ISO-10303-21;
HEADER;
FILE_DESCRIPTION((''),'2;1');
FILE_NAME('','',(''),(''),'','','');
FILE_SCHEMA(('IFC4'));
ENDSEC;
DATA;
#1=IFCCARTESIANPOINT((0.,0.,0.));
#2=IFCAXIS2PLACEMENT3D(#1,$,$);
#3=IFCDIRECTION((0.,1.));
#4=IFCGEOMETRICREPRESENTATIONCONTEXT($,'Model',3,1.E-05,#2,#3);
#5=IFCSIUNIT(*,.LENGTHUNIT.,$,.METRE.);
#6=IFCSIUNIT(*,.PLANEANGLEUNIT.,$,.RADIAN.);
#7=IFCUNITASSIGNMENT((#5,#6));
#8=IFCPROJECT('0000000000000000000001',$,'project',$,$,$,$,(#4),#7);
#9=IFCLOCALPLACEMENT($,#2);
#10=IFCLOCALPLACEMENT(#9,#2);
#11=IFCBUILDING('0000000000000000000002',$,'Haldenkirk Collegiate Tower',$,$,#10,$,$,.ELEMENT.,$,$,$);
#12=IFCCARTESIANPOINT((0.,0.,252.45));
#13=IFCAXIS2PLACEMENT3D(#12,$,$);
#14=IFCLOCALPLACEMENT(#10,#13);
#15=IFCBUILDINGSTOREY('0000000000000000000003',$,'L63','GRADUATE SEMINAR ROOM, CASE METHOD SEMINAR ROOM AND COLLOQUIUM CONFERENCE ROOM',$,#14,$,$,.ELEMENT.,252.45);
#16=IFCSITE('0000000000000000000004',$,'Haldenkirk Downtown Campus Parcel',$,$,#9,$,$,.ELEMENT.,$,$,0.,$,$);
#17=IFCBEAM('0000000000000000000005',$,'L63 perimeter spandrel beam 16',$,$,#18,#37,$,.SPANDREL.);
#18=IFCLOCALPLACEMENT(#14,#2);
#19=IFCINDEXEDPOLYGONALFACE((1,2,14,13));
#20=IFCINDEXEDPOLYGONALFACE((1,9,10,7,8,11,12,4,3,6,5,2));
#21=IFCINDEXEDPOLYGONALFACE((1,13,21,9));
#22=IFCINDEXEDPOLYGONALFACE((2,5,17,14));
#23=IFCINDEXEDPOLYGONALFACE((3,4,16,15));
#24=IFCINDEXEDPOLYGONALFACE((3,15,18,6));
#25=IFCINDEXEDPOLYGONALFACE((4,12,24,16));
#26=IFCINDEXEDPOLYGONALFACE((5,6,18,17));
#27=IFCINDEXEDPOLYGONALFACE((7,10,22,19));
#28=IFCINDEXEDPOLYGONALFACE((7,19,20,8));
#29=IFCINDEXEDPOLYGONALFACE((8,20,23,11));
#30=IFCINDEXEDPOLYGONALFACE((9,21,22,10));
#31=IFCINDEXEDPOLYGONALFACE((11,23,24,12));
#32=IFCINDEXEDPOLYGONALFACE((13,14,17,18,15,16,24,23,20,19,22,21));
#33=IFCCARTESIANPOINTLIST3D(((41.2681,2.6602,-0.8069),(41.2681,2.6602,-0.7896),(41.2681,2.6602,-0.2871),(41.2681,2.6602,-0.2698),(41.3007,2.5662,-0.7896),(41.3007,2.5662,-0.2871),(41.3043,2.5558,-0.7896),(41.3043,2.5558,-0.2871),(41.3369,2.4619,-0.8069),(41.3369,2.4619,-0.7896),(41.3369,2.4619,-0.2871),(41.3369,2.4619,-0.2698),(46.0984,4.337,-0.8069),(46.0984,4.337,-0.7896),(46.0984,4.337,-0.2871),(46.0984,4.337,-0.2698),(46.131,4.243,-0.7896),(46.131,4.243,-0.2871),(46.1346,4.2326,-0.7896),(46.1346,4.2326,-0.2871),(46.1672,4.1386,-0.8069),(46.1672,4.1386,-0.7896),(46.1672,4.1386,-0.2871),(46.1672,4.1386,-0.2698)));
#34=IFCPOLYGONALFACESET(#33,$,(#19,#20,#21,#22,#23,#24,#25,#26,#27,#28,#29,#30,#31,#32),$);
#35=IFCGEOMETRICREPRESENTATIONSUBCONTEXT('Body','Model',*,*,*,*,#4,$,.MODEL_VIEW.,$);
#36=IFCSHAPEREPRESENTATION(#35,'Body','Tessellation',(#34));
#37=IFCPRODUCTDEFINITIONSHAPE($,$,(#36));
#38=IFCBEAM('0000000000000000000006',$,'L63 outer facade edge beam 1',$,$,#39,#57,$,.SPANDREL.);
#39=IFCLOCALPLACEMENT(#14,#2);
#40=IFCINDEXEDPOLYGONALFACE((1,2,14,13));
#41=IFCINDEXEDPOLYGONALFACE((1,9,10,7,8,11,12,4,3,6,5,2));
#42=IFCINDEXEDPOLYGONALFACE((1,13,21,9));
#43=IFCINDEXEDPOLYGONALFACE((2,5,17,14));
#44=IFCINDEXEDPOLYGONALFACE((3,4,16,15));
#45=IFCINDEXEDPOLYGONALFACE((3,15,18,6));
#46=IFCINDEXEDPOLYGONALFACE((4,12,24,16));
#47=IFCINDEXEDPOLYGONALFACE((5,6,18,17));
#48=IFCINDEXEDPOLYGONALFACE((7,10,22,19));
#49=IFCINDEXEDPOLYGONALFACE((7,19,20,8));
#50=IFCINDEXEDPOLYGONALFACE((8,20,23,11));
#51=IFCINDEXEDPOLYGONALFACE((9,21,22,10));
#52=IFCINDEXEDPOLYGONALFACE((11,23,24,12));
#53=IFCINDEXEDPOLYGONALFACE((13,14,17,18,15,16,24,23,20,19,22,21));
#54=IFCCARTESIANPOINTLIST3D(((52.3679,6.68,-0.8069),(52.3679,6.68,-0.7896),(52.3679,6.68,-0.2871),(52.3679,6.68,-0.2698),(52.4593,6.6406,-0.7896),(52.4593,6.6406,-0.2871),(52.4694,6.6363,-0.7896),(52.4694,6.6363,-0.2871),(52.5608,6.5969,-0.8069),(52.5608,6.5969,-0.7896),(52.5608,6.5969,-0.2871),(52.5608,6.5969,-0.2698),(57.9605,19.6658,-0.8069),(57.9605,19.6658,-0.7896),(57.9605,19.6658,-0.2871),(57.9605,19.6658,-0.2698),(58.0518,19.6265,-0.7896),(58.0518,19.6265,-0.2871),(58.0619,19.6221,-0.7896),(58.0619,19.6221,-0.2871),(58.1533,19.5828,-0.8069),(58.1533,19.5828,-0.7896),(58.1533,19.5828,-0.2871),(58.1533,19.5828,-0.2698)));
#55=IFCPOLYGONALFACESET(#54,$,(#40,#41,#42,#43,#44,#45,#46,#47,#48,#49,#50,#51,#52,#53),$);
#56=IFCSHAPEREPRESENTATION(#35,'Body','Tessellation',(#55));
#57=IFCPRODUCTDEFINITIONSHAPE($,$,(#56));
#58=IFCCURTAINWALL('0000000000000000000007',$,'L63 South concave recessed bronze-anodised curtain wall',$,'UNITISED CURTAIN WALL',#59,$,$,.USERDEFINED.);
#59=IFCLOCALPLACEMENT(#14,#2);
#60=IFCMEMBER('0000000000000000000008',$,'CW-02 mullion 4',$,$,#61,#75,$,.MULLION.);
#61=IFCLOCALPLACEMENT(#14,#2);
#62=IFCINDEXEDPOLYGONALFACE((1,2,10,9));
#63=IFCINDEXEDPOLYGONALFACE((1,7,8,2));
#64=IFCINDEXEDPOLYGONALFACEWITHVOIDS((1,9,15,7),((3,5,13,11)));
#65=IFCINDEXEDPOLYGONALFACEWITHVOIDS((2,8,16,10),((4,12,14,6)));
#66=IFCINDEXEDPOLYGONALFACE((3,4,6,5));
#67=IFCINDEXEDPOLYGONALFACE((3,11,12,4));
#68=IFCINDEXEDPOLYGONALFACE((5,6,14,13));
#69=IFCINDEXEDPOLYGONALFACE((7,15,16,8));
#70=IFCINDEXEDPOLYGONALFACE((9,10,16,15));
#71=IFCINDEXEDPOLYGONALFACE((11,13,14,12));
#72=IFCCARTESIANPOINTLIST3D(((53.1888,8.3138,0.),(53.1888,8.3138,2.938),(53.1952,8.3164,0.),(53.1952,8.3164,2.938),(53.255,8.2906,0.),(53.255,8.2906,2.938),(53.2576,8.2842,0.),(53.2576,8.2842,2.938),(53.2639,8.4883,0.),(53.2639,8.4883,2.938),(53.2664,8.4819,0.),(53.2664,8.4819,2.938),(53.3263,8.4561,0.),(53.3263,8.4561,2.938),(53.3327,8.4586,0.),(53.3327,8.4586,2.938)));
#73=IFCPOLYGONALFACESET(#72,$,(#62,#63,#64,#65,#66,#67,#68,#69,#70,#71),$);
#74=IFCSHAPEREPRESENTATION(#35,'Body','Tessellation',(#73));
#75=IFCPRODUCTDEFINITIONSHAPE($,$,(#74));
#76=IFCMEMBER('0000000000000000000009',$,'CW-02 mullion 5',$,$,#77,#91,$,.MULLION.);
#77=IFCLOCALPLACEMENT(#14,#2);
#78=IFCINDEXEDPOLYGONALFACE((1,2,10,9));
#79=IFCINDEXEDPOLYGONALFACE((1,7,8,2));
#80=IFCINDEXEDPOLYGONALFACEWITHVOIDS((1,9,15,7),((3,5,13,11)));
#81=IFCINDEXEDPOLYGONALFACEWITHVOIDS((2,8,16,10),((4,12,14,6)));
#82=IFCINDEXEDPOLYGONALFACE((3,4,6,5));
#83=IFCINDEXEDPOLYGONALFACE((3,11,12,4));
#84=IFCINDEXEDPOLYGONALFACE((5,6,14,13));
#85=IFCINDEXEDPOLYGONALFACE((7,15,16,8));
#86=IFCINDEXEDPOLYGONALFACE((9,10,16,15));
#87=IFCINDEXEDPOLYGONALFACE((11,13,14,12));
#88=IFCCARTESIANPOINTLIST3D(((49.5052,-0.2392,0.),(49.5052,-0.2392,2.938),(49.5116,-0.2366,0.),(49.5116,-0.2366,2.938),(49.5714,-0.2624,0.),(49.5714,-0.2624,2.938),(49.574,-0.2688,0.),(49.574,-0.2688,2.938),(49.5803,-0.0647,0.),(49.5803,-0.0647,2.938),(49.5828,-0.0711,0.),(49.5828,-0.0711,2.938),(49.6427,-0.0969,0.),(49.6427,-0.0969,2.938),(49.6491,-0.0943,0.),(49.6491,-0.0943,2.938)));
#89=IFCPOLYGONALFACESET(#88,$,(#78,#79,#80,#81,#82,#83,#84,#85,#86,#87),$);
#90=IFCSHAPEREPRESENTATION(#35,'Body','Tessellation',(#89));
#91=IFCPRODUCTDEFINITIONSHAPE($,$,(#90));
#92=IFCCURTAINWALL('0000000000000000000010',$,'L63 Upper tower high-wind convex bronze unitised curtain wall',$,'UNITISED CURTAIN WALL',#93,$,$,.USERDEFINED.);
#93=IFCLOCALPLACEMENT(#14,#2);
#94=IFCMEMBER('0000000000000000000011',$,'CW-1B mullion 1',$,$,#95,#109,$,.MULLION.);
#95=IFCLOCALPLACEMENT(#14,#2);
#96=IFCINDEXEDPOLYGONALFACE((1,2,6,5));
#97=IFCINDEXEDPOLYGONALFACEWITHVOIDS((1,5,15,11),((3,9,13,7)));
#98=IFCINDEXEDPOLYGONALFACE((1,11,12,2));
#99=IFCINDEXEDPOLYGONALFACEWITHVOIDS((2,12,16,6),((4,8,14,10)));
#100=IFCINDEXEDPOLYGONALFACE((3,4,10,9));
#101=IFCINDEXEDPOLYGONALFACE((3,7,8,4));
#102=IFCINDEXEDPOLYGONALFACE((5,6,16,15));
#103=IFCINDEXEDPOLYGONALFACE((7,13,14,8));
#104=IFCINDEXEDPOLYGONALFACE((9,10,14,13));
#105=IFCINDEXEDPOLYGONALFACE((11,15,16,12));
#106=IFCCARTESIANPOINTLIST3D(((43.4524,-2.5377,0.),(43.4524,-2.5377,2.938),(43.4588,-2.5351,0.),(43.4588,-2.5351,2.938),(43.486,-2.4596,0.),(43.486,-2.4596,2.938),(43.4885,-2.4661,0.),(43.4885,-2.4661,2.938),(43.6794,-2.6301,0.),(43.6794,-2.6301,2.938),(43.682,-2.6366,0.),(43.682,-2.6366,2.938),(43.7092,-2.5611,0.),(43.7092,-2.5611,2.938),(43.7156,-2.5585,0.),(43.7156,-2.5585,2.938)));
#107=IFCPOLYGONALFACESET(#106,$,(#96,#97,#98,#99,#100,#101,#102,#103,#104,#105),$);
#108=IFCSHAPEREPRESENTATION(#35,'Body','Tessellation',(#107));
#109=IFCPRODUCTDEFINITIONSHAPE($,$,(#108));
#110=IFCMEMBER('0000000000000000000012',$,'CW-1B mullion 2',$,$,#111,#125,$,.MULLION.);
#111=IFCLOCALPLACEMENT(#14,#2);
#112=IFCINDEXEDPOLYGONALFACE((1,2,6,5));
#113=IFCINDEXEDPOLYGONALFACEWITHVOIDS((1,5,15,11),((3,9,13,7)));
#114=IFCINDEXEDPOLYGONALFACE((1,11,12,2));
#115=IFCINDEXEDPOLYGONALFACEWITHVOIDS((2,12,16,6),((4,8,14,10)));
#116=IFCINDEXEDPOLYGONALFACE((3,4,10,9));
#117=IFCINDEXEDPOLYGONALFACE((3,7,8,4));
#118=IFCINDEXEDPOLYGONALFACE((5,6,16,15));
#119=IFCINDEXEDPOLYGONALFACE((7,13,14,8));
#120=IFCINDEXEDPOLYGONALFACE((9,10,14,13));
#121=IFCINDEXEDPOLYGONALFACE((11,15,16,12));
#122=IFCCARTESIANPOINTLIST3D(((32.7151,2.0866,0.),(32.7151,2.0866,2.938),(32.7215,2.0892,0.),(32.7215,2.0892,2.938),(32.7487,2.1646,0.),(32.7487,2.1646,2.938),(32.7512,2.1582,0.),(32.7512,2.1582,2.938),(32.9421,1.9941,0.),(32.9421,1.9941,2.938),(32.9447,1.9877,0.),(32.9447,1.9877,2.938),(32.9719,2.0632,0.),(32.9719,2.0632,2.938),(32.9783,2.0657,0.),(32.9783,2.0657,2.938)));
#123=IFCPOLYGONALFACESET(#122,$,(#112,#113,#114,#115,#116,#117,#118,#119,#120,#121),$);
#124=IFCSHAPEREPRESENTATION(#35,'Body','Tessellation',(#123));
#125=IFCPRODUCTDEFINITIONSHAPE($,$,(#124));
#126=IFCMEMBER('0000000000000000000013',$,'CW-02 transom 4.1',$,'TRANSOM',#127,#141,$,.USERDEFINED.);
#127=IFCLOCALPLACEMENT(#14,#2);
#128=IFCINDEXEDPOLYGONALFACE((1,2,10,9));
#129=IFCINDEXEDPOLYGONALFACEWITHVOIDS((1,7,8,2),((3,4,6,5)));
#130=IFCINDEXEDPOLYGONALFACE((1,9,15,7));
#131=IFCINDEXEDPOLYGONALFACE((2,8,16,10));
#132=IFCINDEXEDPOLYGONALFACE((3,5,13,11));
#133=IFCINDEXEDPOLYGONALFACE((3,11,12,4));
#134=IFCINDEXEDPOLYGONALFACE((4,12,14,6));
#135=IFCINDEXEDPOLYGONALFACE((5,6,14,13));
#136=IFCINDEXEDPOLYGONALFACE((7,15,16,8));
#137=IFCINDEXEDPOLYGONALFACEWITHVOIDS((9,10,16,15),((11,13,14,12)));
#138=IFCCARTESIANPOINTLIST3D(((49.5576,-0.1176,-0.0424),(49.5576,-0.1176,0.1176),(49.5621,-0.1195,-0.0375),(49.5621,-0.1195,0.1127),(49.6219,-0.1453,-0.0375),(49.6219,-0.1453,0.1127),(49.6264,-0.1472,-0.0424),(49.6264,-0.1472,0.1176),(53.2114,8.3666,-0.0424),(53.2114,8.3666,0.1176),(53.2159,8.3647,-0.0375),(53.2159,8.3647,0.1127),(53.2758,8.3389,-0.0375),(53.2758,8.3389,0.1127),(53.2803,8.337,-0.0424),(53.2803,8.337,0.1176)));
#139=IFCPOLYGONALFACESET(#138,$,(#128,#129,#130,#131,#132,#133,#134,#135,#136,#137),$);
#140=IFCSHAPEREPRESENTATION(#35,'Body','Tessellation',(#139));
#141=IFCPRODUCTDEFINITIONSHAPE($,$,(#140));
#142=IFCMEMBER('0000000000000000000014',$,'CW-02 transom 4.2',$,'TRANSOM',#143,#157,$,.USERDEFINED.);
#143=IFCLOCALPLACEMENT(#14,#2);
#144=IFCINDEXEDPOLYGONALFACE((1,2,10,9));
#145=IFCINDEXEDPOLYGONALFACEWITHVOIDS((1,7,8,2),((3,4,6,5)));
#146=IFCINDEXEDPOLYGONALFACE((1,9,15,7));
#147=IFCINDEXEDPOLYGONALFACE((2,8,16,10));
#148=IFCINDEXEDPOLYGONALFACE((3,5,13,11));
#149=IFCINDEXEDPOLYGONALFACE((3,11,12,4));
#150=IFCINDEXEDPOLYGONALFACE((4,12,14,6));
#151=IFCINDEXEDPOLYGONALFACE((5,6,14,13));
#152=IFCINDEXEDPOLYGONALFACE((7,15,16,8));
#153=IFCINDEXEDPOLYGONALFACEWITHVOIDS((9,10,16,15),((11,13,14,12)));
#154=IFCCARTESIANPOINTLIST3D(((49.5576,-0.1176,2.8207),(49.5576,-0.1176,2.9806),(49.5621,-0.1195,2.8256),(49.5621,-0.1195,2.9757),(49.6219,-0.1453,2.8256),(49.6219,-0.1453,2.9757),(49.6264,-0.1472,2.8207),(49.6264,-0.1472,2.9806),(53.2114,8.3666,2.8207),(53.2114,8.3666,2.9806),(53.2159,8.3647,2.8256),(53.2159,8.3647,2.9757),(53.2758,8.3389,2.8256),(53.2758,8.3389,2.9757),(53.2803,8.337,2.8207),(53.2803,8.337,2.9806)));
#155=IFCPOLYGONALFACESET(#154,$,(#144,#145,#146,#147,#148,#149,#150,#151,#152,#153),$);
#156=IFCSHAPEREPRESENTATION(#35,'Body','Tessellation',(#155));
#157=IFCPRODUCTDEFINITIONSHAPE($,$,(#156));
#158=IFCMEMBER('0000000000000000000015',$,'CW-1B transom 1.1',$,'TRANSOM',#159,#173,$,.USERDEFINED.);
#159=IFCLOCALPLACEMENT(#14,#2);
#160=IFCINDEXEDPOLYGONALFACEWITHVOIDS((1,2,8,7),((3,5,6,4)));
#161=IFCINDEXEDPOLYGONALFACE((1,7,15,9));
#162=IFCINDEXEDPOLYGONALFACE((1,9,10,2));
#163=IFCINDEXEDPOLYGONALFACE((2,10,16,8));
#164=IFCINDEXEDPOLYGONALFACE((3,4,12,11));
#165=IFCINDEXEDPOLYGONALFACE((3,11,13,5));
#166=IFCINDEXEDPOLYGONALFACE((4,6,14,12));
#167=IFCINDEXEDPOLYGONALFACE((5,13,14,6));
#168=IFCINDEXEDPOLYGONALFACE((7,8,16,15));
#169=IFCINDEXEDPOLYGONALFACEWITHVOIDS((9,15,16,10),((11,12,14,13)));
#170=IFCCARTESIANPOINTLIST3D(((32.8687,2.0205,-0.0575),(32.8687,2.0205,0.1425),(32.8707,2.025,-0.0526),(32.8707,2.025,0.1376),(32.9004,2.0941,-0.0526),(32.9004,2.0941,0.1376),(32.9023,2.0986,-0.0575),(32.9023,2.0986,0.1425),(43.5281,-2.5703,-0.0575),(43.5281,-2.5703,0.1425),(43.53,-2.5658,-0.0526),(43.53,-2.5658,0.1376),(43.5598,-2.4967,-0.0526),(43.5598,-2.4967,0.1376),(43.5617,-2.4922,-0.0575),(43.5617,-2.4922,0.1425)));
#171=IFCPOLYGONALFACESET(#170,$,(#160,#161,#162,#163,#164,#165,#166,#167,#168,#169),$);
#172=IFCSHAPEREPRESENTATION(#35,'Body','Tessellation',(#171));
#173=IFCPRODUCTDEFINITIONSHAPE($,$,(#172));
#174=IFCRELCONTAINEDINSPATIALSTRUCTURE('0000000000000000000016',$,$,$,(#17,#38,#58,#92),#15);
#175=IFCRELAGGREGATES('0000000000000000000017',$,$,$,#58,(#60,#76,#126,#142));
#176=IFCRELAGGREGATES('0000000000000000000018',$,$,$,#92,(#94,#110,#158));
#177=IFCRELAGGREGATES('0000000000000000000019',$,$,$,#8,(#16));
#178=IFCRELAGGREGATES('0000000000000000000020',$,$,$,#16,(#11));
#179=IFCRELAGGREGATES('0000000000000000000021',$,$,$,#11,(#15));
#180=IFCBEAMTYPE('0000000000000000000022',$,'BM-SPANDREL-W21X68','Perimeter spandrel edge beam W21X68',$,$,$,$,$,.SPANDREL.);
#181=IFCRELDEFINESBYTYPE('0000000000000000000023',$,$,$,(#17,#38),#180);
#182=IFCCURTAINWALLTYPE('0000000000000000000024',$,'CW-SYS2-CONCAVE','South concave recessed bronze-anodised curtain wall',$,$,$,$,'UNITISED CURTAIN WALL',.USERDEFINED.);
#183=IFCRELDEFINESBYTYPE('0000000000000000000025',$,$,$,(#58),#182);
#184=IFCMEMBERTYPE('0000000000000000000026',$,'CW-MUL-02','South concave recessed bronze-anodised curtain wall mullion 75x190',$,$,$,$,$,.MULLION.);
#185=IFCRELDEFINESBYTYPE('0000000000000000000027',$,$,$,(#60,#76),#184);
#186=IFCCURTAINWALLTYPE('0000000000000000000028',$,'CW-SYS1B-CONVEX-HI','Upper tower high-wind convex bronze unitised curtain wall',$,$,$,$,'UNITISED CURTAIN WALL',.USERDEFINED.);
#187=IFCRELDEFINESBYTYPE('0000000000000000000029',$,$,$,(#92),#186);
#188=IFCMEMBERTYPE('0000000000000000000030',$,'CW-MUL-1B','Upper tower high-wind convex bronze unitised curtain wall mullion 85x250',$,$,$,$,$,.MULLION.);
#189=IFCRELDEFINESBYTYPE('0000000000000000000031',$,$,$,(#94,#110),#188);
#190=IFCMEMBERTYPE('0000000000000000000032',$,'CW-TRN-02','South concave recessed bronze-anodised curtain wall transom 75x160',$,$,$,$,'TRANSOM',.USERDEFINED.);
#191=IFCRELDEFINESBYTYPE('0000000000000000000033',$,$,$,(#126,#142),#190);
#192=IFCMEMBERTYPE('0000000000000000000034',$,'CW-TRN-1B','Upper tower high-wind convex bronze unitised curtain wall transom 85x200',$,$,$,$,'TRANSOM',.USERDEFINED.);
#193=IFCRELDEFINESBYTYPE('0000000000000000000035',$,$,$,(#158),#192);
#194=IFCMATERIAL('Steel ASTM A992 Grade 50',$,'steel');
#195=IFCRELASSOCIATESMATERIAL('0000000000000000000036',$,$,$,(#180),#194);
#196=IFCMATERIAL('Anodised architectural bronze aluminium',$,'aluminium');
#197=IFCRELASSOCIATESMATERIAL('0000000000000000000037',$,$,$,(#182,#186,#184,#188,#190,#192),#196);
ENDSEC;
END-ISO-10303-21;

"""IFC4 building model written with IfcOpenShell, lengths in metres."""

from ifc_helpers import new_model, si_unit, direction, frame, origin, origin_2d, place, context, subcontext, project, spatial, hollow_rectangle, i_section, extrude, material, material_profile, profile_set, type_object, element, aggregate, save


model = new_model("IFC4")

# Units and contexts
model_context = context("Model", 3, precision=1e-05, world=origin(), true_north=direction((0.0, 1.0)))
body_context = subcontext(model_context, "Body", "Model", "MODEL_VIEW")
ifc_project = project(units=[si_unit("LENGTHUNIT", "METRE"), si_unit("PLANEANGLEUNIT", "RADIAN")], contexts=[model_context])

# Site, building, storey
site_placement = place(None, origin())
site = spatial("IfcSite", under=ifc_project, at=site_placement, Name="Haldenkirk Downtown Campus Parcel", CompositionType="ELEMENT", RefElevation=0.0)
building_placement = place(site_placement, origin())
building = spatial("IfcBuilding", under=site, at=building_placement, Name="Haldenkirk Collegiate Tower", CompositionType="ELEMENT")
storey_placement = place(building_placement, frame((0.0, 0.0, 252.45)))
storey = spatial("IfcBuildingStorey", under=building, at=storey_placement, Name="L63", Description="GRADUATE SEMINAR ROOM, CASE METHOD SEMINAR ROOM AND COLLOQUIUM CONFERENCE ROOM", CompositionType="ELEMENT", Elevation=252.45)

# Beams
ifc_material_1 = material(Name="Steel ASTM A992 Grade 50", Category="steel")
ifc_material_profile_1 = material_profile(ifc_material_1, i_section(OverallWidth=0.21, OverallDepth=0.5371, WebThickness=0.011, FlangeThickness=0.0173, at=origin_2d()), Name="W21X68")
ifc_profile_set_1 = profile_set([ifc_material_profile_1], Name="Steel ASTM A992 Grade 50")
beam_type_1 = type_object("IfcBeamType", Name="BM-SPANDREL-W21X68", Description="Perimeter spandrel edge beam W21X68", PredefinedType="SPANDREL", material=ifc_profile_set_1)
beam_1_placement = place(storey_placement, frame((41.3025, 2.561, -0.5383), z_axis=(0.9447, 0.327935, 0.0), x_axis=(-0.327935, 0.9447, 0.0)))
element("IfcBeam", 1, at=beam_1_placement, inside=storey, type_object=beam_type_1, Name="L63 perimeter spandrel beam 16", PredefinedType="SPANDREL", context=body_context, shape_type="SweptSolid", body=[
    extrude(i_section(OverallWidth=0.21, OverallDepth=0.5371, WebThickness=0.011, FlangeThickness=0.0173, at=origin_2d()), origin(), (0.0, 0.0, 1.0), 5.113),
])
beam_2_placement = place(storey_placement, frame((52.4644, 6.6384, -0.5383), z_axis=(0.395542, 0.918448, 0.0), x_axis=(-0.918448, 0.395542, 0.0)))
element("IfcBeam", 2, at=beam_2_placement, inside=storey, type_object=beam_type_1, Name="L63 outer facade edge beam 1", PredefinedType="SPANDREL", context=body_context, shape_type="SweptSolid", body=[
    extrude(i_section(OverallWidth=0.21, OverallDepth=0.5371, WebThickness=0.011, FlangeThickness=0.0173, at=origin_2d()), origin(), (0.0, 0.0, 1.0), 14.1389),
])

# Curtain walls, members
ifc_material_2 = material(Name="Anodised architectural bronze aluminium", Category="aluminium")
curtain_wall_type_1 = type_object("IfcCurtainWallType", Name="CW-SYS2-CONCAVE", Description="South concave recessed bronze-anodised curtain wall", ElementType="UNITISED CURTAIN WALL", PredefinedType="USERDEFINED", material=ifc_material_2)
curtain_wall_1_placement = place(storey_placement, origin())
curtain_wall_1 = element("IfcCurtainWall", 3, at=curtain_wall_1_placement, inside=storey, type_object=curtain_wall_type_1, Name="L63 South concave recessed bronze-anodised curtain wall", ObjectType="UNITISED CURTAIN WALL", PredefinedType="USERDEFINED")
ifc_material_profile_2 = material_profile(ifc_material_2, hollow_rectangle(XDim=0.075, YDim=0.1899, WallThickness=0.0049, at=origin_2d()), Name="CW-MUL-02")
ifc_profile_set_2 = profile_set([ifc_material_profile_2], Name="Anodised architectural bronze aluminium")
member_type_1 = type_object("IfcMemberType", Name="CW-MUL-02", Description="South concave recessed bronze-anodised curtain wall mullion 75x190", PredefinedType="MULLION", material=ifc_profile_set_2)
member_1_placement = place(storey_placement, frame((53.2607, 8.3862, 0.0), z_axis=(0.0, 0.0, 1.0), x_axis=(0.918446, -0.395545, 0.0)))
member_1 = element("IfcMember", 4, at=member_1_placement, type_object=member_type_1, Name="CW-02 mullion 4", PredefinedType="MULLION", context=body_context, shape_type="SweptSolid", body=[
    extrude(hollow_rectangle(XDim=0.075, YDim=0.1899, WallThickness=0.0049, at=origin_2d()), origin(), (0.0, 0.0, 1.0), 2.938),
])
member_2_placement = place(storey_placement, frame((49.5771, -0.1667, 0.0), z_axis=(0.0, 0.0, 1.0), x_axis=(0.918446, -0.395545, 0.0)))
member_2 = element("IfcMember", 5, at=member_2_placement, type_object=member_type_1, Name="CW-02 mullion 5", PredefinedType="MULLION", context=body_context, shape_type="SweptSolid", body=[
    extrude(hollow_rectangle(XDim=0.075, YDim=0.1899, WallThickness=0.0049, at=origin_2d()), origin(), (0.0, 0.0, 1.0), 2.938),
])
curtain_wall_type_2 = type_object("IfcCurtainWallType", Name="CW-SYS1B-CONVEX-HI", Description="Upper tower high-wind convex bronze unitised curtain wall", ElementType="UNITISED CURTAIN WALL", PredefinedType="USERDEFINED", material=ifc_material_2)
curtain_wall_2_placement = place(storey_placement, origin())
curtain_wall_2 = element("IfcCurtainWall", 6, at=curtain_wall_2_placement, inside=storey, type_object=curtain_wall_type_2, Name="L63 Upper tower high-wind convex bronze unitised curtain wall", ObjectType="UNITISED CURTAIN WALL", PredefinedType="USERDEFINED")
ifc_material_profile_3 = material_profile(ifc_material_2, hollow_rectangle(XDim=0.085, YDim=0.25, WallThickness=0.0049, at=origin_2d()), Name="CW-MUL-1B")
ifc_profile_set_3 = profile_set([ifc_material_profile_3], Name="Anodised architectural bronze aluminium")
member_type_2 = type_object("IfcMemberType", Name="CW-MUL-1B", Description="Upper tower high-wind convex bronze unitised curtain wall mullion 85x250", PredefinedType="MULLION", material=ifc_profile_set_3)
member_3_placement = place(storey_placement, frame((43.584, -2.5481, 0.0), z_axis=(0.0, 0.0, 1.0), x_axis=(-0.395546, -0.918446, 0.0)))
member_3 = element("IfcMember", 7, at=member_3_placement, type_object=member_type_2, Name="CW-1B mullion 1", PredefinedType="MULLION", context=body_context, shape_type="SweptSolid", body=[
    extrude(hollow_rectangle(XDim=0.085, YDim=0.25, WallThickness=0.0049, at=origin_2d()), origin(), (0.0, 0.0, 1.0), 2.938),
])
member_4_placement = place(storey_placement, frame((32.8467, 2.0762, 0.0), z_axis=(0.0, 0.0, 1.0), x_axis=(-0.395546, -0.918446, 0.0)))
member_4 = element("IfcMember", 8, at=member_4_placement, type_object=member_type_2, Name="CW-1B mullion 2", PredefinedType="MULLION", context=body_context, shape_type="SweptSolid", body=[
    extrude(hollow_rectangle(XDim=0.085, YDim=0.25, WallThickness=0.0049, at=origin_2d()), origin(), (0.0, 0.0, 1.0), 2.938),
])

# Members
ifc_material_profile_4 = material_profile(ifc_material_2, hollow_rectangle(XDim=0.075, YDim=0.1599, WallThickness=0.0049, at=origin_2d()), Name="CW-TRN-02")
ifc_profile_set_4 = profile_set([ifc_material_profile_4], Name="Anodised architectural bronze aluminium")
member_type_3 = type_object("IfcMemberType", Name="CW-TRN-02", Description="South concave recessed bronze-anodised curtain wall transom 75x160", ElementType="TRANSOM", PredefinedType="USERDEFINED", material=ifc_profile_set_4)
member_5_placement = place(storey_placement, frame((53.2458, 8.3518, 0.0376), z_axis=(-0.395542, -0.918448, 0.0), x_axis=(0.918448, -0.395542, 0.0)))
member_5 = element("IfcMember", 9, at=member_5_placement, type_object=member_type_3, Name="CW-02 transom 4.1", ObjectType="TRANSOM", PredefinedType="USERDEFINED", context=body_context, shape_type="SweptSolid", body=[
    extrude(hollow_rectangle(XDim=0.075, YDim=0.1599, WallThickness=0.0049, at=origin_2d()), origin(), (0.0, 0.0, 1.0), 9.2375),
])
member_6_placement = place(storey_placement, frame((53.2458, 8.3518, 2.9006), z_axis=(-0.395542, -0.918448, 0.0), x_axis=(0.918448, -0.395542, 0.0)))
member_6 = element("IfcMember", 10, at=member_6_placement, type_object=member_type_3, Name="CW-02 transom 4.2", ObjectType="TRANSOM", PredefinedType="USERDEFINED", context=body_context, shape_type="SweptSolid", body=[
    extrude(hollow_rectangle(XDim=0.075, YDim=0.1599, WallThickness=0.0049, at=origin_2d()), origin(), (0.0, 0.0, 1.0), 9.2375),
])
ifc_material_profile_5 = material_profile(ifc_material_2, hollow_rectangle(XDim=0.085, YDim=0.2, WallThickness=0.0049, at=origin_2d()), Name="CW-TRN-1B")
ifc_profile_set_5 = profile_set([ifc_material_profile_5], Name="Anodised architectural bronze aluminium")
member_type_4 = type_object("IfcMemberType", Name="CW-TRN-1B", Description="Upper tower high-wind convex bronze unitised curtain wall transom 85x200", ElementType="TRANSOM", PredefinedType="USERDEFINED", material=ifc_profile_set_5)
member_7_placement = place(storey_placement, frame((43.5449, -2.5312, 0.0425), z_axis=(-0.918442, 0.395556, 0.0), x_axis=(-0.395556, -0.918442, 0.0)))
member_7 = element("IfcMember", 11, at=member_7_placement, type_object=member_type_4, Name="CW-1B transom 1.1", ObjectType="TRANSOM", PredefinedType="USERDEFINED", context=body_context, shape_type="SweptSolid", body=[
    extrude(hollow_rectangle(XDim=0.085, YDim=0.2, WallThickness=0.0049, at=origin_2d()), origin(), (0.0, 0.0, 1.0), 11.606),
])

aggregate(curtain_wall_1, [member_1, member_2, member_5, member_6])
aggregate(curtain_wall_2, [member_3, member_4, member_7])

save(model, "model.ifc")
